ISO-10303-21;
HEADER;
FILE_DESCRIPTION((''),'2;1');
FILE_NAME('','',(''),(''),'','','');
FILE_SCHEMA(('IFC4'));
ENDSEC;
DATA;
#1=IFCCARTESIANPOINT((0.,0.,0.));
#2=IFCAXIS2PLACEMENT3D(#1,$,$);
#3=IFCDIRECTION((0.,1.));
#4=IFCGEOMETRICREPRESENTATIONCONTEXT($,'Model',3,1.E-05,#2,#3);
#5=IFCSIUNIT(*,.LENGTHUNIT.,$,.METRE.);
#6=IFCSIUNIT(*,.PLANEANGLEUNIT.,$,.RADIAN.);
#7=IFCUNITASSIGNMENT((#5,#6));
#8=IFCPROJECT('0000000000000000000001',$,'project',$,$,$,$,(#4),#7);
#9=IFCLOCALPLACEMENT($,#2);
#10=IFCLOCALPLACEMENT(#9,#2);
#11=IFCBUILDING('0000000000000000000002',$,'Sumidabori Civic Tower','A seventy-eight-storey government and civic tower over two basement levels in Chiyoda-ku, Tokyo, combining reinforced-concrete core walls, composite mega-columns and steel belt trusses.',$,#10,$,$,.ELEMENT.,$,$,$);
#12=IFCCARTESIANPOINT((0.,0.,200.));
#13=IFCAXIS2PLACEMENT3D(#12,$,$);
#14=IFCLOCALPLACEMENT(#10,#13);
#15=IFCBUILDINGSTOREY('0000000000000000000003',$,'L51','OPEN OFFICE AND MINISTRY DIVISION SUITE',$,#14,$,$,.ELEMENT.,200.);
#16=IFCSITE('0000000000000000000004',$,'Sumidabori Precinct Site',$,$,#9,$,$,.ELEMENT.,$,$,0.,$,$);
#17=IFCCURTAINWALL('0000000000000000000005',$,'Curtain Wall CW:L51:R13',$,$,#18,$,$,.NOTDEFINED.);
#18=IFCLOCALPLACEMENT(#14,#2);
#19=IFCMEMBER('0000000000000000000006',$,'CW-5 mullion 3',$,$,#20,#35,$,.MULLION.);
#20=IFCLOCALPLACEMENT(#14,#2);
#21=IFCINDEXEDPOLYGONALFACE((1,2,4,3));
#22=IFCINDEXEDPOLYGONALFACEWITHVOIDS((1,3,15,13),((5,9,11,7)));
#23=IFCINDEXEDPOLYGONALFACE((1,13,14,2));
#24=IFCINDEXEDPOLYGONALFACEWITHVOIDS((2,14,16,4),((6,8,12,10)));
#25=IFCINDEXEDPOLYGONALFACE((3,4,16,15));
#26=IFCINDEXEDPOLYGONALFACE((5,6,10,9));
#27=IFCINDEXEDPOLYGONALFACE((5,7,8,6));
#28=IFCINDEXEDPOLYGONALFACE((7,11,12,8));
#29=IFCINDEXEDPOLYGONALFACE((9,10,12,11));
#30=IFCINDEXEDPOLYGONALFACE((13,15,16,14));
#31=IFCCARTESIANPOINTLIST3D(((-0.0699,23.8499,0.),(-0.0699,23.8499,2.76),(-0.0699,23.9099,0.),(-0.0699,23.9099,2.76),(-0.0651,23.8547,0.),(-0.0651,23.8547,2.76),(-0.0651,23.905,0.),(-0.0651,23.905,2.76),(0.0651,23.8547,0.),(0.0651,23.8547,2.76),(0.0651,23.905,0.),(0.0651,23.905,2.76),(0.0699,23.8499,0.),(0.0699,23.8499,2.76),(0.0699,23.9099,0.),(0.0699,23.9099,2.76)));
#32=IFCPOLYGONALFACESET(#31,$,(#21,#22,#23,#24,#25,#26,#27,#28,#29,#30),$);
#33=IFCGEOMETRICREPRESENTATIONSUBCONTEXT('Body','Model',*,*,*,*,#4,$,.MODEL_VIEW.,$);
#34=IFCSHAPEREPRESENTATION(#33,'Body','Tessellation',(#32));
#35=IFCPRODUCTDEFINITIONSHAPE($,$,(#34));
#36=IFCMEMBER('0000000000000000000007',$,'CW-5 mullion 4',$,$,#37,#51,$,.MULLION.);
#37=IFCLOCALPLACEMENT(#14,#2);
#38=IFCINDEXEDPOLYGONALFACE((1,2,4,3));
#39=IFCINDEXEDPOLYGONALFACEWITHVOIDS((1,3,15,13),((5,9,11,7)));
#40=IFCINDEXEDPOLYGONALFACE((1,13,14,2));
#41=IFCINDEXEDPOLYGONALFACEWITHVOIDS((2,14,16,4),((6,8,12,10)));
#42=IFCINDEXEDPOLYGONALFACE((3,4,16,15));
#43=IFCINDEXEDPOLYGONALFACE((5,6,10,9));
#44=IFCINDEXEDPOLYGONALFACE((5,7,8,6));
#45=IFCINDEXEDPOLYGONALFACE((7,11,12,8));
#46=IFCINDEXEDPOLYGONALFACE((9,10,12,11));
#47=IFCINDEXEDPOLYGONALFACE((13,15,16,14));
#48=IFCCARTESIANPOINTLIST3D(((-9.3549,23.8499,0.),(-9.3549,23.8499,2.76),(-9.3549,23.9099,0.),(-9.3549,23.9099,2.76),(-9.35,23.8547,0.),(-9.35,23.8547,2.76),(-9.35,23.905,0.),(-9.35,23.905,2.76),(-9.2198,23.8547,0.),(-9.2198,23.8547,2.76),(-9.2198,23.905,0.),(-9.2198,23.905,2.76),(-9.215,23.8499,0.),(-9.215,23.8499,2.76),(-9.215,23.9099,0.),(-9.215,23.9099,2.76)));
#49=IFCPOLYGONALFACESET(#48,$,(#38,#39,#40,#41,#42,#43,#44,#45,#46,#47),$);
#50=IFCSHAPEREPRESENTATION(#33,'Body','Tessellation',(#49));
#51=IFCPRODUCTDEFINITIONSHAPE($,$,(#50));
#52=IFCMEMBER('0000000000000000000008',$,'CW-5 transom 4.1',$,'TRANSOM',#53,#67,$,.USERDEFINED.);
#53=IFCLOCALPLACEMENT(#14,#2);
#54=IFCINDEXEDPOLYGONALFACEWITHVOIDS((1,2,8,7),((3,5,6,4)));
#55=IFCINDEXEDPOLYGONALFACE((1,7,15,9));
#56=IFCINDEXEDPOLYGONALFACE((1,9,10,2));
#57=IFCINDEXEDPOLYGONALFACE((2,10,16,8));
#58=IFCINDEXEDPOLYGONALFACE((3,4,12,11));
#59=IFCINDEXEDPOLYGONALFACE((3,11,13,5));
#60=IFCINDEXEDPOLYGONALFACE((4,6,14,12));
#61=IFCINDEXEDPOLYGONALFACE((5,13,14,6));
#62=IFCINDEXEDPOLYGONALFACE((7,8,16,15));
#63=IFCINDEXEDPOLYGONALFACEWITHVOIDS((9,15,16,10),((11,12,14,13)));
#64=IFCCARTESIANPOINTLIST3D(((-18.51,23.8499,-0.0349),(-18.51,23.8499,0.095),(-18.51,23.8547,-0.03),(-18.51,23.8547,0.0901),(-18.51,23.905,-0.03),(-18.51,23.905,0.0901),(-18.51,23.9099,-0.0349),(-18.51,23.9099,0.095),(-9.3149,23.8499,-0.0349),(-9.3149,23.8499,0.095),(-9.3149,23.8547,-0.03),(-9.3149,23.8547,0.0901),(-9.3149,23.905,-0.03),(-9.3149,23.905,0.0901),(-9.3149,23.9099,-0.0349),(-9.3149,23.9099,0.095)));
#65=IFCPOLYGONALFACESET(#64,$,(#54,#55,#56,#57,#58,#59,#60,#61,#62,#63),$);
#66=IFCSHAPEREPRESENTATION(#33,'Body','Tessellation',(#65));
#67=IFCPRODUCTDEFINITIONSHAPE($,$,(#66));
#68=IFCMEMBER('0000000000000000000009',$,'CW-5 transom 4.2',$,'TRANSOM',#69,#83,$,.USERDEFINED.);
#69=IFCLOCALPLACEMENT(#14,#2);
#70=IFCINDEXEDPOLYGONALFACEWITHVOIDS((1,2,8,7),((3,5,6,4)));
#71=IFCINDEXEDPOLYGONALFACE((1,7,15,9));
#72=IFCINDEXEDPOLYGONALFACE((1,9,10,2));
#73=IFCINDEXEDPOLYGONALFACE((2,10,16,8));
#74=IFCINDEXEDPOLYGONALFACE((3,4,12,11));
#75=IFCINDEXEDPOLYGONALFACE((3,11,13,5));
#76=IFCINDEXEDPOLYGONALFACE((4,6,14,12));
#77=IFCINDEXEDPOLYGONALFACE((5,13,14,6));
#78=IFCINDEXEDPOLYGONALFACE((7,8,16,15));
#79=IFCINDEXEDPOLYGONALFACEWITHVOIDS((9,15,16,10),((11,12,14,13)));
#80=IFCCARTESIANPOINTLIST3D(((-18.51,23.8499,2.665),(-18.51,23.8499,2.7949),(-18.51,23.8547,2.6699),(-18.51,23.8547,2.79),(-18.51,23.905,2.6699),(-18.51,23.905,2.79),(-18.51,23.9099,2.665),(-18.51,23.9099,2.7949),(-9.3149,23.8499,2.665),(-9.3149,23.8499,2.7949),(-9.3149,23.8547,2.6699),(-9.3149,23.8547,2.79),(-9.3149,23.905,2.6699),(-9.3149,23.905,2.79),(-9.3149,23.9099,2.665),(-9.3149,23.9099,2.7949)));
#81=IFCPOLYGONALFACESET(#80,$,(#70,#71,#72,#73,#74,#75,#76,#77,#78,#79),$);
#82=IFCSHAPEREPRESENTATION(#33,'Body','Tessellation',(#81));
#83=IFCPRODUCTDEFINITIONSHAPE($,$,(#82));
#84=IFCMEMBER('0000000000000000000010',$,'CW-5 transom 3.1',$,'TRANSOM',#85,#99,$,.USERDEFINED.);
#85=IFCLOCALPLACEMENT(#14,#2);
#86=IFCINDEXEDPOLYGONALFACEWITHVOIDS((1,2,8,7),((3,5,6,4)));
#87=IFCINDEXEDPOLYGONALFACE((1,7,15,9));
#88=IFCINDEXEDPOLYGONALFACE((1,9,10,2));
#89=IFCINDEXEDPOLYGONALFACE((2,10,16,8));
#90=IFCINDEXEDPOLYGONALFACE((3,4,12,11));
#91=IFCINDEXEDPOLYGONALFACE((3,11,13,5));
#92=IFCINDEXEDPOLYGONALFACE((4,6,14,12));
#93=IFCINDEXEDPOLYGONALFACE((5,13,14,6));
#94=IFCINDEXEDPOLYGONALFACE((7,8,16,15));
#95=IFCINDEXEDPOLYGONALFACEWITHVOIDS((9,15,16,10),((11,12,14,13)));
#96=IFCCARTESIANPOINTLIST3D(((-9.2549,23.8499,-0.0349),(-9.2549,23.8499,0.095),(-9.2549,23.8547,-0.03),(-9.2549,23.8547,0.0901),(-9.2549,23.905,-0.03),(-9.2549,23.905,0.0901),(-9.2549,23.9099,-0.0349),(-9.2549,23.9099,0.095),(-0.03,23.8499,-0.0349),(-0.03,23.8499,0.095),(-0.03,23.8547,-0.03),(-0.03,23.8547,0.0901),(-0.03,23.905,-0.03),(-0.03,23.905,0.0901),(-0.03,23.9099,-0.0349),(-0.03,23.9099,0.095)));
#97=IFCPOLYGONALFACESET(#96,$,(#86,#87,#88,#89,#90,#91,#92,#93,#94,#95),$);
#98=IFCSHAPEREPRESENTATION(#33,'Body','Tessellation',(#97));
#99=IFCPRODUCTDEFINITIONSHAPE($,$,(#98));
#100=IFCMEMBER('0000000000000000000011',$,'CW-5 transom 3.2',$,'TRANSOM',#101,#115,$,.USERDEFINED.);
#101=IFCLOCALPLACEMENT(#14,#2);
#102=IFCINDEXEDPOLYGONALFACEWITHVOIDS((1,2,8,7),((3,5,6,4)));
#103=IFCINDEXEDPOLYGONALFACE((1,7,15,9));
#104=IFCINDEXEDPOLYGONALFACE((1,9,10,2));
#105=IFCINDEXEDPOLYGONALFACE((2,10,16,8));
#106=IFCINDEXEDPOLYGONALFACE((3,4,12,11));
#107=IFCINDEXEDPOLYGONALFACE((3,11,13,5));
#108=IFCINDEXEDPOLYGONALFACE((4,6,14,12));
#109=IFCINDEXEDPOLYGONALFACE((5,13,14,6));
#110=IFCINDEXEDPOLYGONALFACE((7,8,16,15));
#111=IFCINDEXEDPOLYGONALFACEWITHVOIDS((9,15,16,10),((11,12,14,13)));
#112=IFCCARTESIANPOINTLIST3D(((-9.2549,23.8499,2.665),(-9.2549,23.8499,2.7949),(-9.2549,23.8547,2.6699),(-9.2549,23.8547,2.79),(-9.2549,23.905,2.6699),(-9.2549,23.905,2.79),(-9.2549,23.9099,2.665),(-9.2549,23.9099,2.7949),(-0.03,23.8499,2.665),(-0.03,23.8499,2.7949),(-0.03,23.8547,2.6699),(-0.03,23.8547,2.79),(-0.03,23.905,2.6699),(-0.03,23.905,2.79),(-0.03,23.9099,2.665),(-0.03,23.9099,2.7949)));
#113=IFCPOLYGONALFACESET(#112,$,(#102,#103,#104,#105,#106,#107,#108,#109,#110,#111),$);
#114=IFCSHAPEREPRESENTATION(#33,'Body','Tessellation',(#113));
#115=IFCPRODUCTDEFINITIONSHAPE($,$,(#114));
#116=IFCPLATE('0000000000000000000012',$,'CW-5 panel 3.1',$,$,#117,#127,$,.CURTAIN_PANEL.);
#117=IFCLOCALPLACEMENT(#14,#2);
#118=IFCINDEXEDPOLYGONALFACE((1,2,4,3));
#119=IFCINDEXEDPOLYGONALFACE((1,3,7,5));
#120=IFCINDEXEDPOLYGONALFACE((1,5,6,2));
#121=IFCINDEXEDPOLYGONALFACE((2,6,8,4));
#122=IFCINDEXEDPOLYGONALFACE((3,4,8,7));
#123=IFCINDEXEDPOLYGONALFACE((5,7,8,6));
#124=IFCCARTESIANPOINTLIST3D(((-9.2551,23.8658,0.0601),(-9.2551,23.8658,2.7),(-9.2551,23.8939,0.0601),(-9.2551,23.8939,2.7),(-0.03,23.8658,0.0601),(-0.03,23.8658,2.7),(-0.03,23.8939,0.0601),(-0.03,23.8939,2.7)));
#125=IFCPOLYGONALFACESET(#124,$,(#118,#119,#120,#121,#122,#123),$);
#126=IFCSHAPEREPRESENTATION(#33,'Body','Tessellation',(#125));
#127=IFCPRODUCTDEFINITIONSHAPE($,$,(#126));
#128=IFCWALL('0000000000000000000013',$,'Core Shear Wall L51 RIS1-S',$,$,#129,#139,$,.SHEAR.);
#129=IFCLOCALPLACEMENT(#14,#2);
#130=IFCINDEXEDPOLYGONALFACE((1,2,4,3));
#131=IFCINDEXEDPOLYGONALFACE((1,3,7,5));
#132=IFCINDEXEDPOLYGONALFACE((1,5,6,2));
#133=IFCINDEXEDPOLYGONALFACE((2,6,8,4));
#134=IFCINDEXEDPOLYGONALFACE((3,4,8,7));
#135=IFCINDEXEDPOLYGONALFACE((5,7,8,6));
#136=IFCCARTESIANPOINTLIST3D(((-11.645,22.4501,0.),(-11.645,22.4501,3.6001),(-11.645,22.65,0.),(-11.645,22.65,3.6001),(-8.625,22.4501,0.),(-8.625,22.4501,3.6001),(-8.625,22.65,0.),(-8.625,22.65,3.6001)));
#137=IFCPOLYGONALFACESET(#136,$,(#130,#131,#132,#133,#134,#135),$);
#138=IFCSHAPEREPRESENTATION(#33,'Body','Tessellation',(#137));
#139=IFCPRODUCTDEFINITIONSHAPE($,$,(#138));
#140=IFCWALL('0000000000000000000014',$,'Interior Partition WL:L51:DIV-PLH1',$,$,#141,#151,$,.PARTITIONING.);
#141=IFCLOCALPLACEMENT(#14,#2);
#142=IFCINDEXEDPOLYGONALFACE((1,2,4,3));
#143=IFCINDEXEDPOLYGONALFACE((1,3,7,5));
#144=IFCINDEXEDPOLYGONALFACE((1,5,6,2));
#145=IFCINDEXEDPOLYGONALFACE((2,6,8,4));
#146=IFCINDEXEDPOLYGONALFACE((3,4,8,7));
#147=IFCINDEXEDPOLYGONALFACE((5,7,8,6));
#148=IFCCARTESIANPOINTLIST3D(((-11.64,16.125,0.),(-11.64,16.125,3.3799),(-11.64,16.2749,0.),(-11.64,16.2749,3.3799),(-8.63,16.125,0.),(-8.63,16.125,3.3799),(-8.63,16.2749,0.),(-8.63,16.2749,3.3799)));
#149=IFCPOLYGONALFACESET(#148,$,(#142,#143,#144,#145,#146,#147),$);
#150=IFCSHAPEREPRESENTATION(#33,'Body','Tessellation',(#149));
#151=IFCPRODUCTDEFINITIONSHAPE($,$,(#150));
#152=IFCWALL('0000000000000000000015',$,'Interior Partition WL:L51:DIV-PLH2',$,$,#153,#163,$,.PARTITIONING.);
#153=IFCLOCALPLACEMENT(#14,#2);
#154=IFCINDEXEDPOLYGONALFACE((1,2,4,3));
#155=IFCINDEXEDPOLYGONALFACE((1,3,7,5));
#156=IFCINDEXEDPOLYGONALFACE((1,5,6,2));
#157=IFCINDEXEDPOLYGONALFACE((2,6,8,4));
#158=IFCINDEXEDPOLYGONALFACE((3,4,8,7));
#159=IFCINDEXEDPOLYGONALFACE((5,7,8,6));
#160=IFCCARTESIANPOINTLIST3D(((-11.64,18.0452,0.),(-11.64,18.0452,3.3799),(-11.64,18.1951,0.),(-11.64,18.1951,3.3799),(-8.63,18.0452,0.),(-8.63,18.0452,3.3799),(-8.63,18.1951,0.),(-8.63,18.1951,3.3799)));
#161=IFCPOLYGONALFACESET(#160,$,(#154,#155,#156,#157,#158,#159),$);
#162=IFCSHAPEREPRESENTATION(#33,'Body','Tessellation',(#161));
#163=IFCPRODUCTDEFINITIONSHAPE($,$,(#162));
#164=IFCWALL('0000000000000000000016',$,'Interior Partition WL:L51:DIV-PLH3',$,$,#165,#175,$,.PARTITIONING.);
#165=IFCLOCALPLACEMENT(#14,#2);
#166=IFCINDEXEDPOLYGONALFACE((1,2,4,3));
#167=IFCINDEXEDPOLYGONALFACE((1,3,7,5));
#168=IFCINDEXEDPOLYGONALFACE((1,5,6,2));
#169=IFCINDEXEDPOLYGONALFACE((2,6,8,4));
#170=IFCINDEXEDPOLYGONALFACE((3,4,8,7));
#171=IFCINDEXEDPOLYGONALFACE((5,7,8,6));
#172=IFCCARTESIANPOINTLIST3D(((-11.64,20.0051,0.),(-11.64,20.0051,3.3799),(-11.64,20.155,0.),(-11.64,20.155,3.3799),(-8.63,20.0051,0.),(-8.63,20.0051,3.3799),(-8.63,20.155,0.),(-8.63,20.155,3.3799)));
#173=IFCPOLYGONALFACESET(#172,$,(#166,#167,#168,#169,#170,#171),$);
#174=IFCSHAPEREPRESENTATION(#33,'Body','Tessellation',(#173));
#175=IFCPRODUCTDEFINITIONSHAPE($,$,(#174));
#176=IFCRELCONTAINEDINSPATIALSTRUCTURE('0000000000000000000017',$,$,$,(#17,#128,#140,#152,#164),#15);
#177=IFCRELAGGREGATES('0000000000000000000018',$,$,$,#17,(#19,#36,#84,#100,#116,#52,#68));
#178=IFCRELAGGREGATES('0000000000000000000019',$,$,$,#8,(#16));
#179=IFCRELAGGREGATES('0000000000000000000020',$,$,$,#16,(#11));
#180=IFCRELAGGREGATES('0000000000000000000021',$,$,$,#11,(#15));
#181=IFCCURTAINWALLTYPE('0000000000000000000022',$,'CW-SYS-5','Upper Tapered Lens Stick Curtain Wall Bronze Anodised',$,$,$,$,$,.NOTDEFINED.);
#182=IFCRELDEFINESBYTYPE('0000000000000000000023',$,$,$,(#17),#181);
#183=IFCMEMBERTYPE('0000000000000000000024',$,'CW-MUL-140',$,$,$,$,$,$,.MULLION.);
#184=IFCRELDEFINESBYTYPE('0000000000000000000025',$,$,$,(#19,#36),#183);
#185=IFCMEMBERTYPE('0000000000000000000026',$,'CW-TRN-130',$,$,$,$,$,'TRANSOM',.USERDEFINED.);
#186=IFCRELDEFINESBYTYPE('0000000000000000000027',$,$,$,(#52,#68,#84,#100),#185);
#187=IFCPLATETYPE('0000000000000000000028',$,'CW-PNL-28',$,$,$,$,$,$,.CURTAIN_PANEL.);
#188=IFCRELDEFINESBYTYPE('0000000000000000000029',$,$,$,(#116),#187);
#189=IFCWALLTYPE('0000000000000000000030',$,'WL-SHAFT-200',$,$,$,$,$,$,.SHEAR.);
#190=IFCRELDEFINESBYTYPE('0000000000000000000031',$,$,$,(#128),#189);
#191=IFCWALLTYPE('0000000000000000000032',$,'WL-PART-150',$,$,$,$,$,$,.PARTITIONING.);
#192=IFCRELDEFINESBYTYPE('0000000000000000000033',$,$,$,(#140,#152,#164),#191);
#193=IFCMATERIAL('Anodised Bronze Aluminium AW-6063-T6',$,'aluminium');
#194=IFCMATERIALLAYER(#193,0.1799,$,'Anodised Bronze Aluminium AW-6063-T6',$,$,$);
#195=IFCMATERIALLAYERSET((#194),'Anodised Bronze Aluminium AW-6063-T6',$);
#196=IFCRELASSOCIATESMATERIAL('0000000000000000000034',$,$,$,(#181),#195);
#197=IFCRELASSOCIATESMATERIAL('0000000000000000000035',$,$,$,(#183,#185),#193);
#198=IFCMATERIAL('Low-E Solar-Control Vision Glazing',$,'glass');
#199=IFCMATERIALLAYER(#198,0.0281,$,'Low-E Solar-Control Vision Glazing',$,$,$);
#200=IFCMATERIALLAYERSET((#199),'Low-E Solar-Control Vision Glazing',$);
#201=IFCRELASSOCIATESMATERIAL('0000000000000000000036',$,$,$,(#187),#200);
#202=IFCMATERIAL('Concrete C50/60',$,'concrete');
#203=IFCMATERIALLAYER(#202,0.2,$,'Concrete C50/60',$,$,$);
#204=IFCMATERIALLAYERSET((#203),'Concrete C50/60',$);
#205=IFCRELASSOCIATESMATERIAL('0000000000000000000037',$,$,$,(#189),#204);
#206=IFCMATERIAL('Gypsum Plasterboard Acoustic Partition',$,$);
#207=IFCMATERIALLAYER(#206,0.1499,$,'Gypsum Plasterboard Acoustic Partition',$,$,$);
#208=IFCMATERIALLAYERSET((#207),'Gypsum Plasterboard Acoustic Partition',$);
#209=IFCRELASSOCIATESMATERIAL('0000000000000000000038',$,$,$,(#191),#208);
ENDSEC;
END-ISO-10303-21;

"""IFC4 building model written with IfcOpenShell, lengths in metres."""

from ifc_helpers import new_model, si_unit, direction, frame, frame_2d, origin, origin_2d, place, context, subcontext, project, spatial, rectangle, hollow_rectangle, extrude, source, transform, mapped, material, layer, layer_set, material_profile, profile_set, type_object, element, aggregate, save


model = new_model("IFC4")

# Units and contexts
model_context = context("Model", 3, precision=1e-05, world=origin(), true_north=direction((0.0, 1.0)))
body_context = subcontext(model_context, "Body", "Model", "MODEL_VIEW")
ifc_project = project(units=[si_unit("LENGTHUNIT", "METRE"), si_unit("PLANEANGLEUNIT", "RADIAN")], contexts=[model_context])

# Site, building, storey
site_placement = place(None, origin())
site = spatial("IfcSite", under=ifc_project, at=site_placement, Name="Sumidabori Precinct Site", CompositionType="ELEMENT", RefElevation=0.0)
building_placement = place(site_placement, origin())
building = spatial("IfcBuilding", under=site, at=building_placement, Name="Sumidabori Civic Tower", Description="A seventy-eight-storey government and civic tower over two basement levels in Chiyoda-ku, Tokyo, combining reinforced-concrete core walls, composite mega-columns and steel belt trusses.", CompositionType="ELEMENT")
storey_placement = place(building_placement, frame((0.0, 0.0, 200.0)))
storey = spatial("IfcBuildingStorey", under=building, at=storey_placement, Name="L51", Description="OPEN OFFICE AND MINISTRY DIVISION SUITE", CompositionType="ELEMENT", Elevation=200.0)

# Curtain wall, members, plate
ifc_material_1 = material(Name="Anodised Bronze Aluminium AW-6063-T6", Category="aluminium")
ifc_layer_1 = layer(ifc_material_1, 0.1799, Name="Anodised Bronze Aluminium AW-6063-T6")
ifc_layer_set_1 = layer_set([ifc_layer_1], Name="Anodised Bronze Aluminium AW-6063-T6")
curtain_wall_type = type_object("IfcCurtainWallType", Name="CW-SYS-5", Description="Upper Tapered Lens Stick Curtain Wall Bronze Anodised", PredefinedType="NOTDEFINED", material=ifc_layer_set_1)
curtain_wall_placement = place(storey_placement, origin())
curtain_wall = element("IfcCurtainWall", 1, at=curtain_wall_placement, inside=storey, type_object=curtain_wall_type, Name="Curtain Wall CW:L51:R13", PredefinedType="NOTDEFINED")
ifc_material_profile_1 = material_profile(ifc_material_1, hollow_rectangle(XDim=0.0601, YDim=0.1399, WallThickness=0.0049, at=origin_2d()), Name="ALU MULLION 140x60")
ifc_profile_set_1 = profile_set([ifc_material_profile_1], Name="Anodised Bronze Aluminium AW-6063-T6")
member_type_1 = type_object("IfcMemberType", Name="CW-MUL-140", PredefinedType="MULLION", material=ifc_profile_set_1)
shared_shape_1 = source(origin(), body_context, "Body", "SweptSolid", [
    extrude(hollow_rectangle(XDim=0.0601, YDim=0.1399, WallThickness=0.0049, at=origin_2d()), origin(), (0.0, 0.0, 1.0), 2.76),
])
member_1_placement = place(storey_placement, frame((0.0, 23.8799, 0.0), z_axis=(0.0, 0.0, 1.0), x_axis=(0.0, -1.0, 0.0)))
member_1 = element("IfcMember", 2, at=member_1_placement, type_object=member_type_1, Name="CW-5 mullion 3", PredefinedType="MULLION", context=body_context, shape_type="MappedRepresentation", body=[
    mapped(shared_shape_1, transform((0.0, 0.0, 0.0), x_axis=(1.0, 0.0, 0.0), y_axis=(0.0, 1.0, 0.0), z_axis=(0.0, 0.0, 1.0), scale=1.0)),
])
member_2_placement = place(storey_placement, frame((-9.2849, 23.8799, 0.0), z_axis=(0.0, 0.0, 1.0), x_axis=(0.0, -1.0, 0.0)))
member_2 = element("IfcMember", 3, at=member_2_placement, type_object=member_type_1, Name="CW-5 mullion 4", PredefinedType="MULLION", context=body_context, shape_type="MappedRepresentation", body=[
    mapped(shared_shape_1, transform((0.0, 0.0, 0.0), x_axis=(1.0, 0.0, 0.0), y_axis=(0.0, 1.0, 0.0), z_axis=(0.0, 0.0, 1.0), scale=1.0)),
])
ifc_material_profile_2 = material_profile(ifc_material_1, hollow_rectangle(XDim=0.0601, YDim=0.1299, WallThickness=0.0049, at=origin_2d()), Name="ALU TRANSOM 130x60")
ifc_profile_set_2 = profile_set([ifc_material_profile_2], Name="Anodised Bronze Aluminium AW-6063-T6")
member_type_2 = type_object("IfcMemberType", Name="CW-TRN-130", ElementType="TRANSOM", PredefinedType="USERDEFINED", material=ifc_profile_set_2)
shared_shape_2 = source(origin(), body_context, "Body", "SweptSolid", [
    extrude(hollow_rectangle(XDim=0.0601, YDim=0.1299, WallThickness=0.0049, at=origin_2d()), origin(), (0.0, 0.0, 1.0), 9.1951),
])
member_3_placement = place(storey_placement, frame((-9.3149, 23.8799, 0.03), z_axis=(-1.0, 0.0, 0.0), x_axis=(0.0, -1.0, 0.0)))
member_3 = element("IfcMember", 4, at=member_3_placement, type_object=member_type_2, Name="CW-5 transom 4.1", ObjectType="TRANSOM", PredefinedType="USERDEFINED", context=body_context, shape_type="MappedRepresentation", body=[
    mapped(shared_shape_2, transform((0.0, 0.0, 0.0), x_axis=(1.0, 0.0, 0.0), y_axis=(0.0, 1.0, 0.0), z_axis=(0.0, 0.0, 1.0), scale=1.0)),
])
member_4_placement = place(storey_placement, frame((-9.3149, 23.8799, 2.73), z_axis=(-1.0, 0.0, 0.0), x_axis=(0.0, -1.0, 0.0)))
member_4 = element("IfcMember", 5, at=member_4_placement, type_object=member_type_2, Name="CW-5 transom 4.2", ObjectType="TRANSOM", PredefinedType="USERDEFINED", context=body_context, shape_type="MappedRepresentation", body=[
    mapped(shared_shape_2, transform((0.0, 0.0, 0.0), x_axis=(1.0, 0.0, 0.0), y_axis=(0.0, 1.0, 0.0), z_axis=(0.0, 0.0, 1.0), scale=1.0)),
])
shared_shape_3 = source(origin(), body_context, "Body", "SweptSolid", [
    extrude(hollow_rectangle(XDim=0.0601, YDim=0.1299, WallThickness=0.0049, at=origin_2d()), origin(), (0.0, 0.0, 1.0), 9.2249),
])
member_5_placement = place(storey_placement, frame((-0.03, 23.8799, 0.03), z_axis=(-1.0, 0.0, 0.0), x_axis=(0.0, -1.0, 0.0)))
member_5 = element("IfcMember", 6, at=member_5_placement, type_object=member_type_2, Name="CW-5 transom 3.1", ObjectType="TRANSOM", PredefinedType="USERDEFINED", context=body_context, shape_type="MappedRepresentation", body=[
    mapped(shared_shape_3, transform((0.0, 0.0, 0.0), x_axis=(1.0, 0.0, 0.0), y_axis=(0.0, 1.0, 0.0), z_axis=(0.0, 0.0, 1.0), scale=1.0)),
])
member_6_placement = place(storey_placement, frame((-0.03, 23.8799, 2.73), z_axis=(-1.0, 0.0, 0.0), x_axis=(0.0, -1.0, 0.0)))
member_6 = element("IfcMember", 7, at=member_6_placement, type_object=member_type_2, Name="CW-5 transom 3.2", ObjectType="TRANSOM", PredefinedType="USERDEFINED", context=body_context, shape_type="MappedRepresentation", body=[
    mapped(shared_shape_3, transform((0.0, 0.0, 0.0), x_axis=(1.0, 0.0, 0.0), y_axis=(0.0, 1.0, 0.0), z_axis=(0.0, 0.0, 1.0), scale=1.0)),
])
ifc_material_2 = material(Name="Low-E Solar-Control Vision Glazing", Category="glass")
ifc_layer_2 = layer(ifc_material_2, 0.0281, Name="Low-E Solar-Control Vision Glazing")
ifc_layer_set_2 = layer_set([ifc_layer_2], Name="Low-E Solar-Control Vision Glazing")
plate_type = type_object("IfcPlateType", Name="CW-PNL-28", PredefinedType="CURTAIN_PANEL", material=ifc_layer_set_2)
shared_shape_4 = source(origin(), body_context, "Body", "SweptSolid", [
    extrude(rectangle(XDim=9.2251, YDim=0.0281, at=origin_2d()), origin(), (0.0, 0.0, 1.0), 2.6399),
])
plate_placement = place(storey_placement, frame((-4.6426, 23.8799, 0.0601), z_axis=(0.0, 0.0, 1.0), x_axis=(-1.0, 0.0, 0.0)))
plate = element("IfcPlate", 8, at=plate_placement, type_object=plate_type, Name="CW-5 panel 3.1", PredefinedType="CURTAIN_PANEL", context=body_context, shape_type="MappedRepresentation", body=[
    mapped(shared_shape_4, transform((0.0, 0.0, 0.0), x_axis=(1.0, 0.0, 0.0), y_axis=(0.0, 1.0, 0.0), z_axis=(0.0, 0.0, 1.0), scale=1.0)),
])
aggregate(curtain_wall, [member_1, member_2, member_5, member_6, plate, member_3, member_4])

# Walls
ifc_material_3 = material(Name="Concrete C50/60", Category="concrete")
ifc_layer_3 = layer(ifc_material_3, 0.2, Name="Concrete C50/60")
ifc_layer_set_3 = layer_set([ifc_layer_3], Name="Concrete C50/60")
wall_type_1 = type_object("IfcWallType", Name="WL-SHAFT-200", PredefinedType="SHEAR", material=ifc_layer_set_3)
shared_shape_5 = source(origin(), body_context, "Body", "SweptSolid", [
    extrude(rectangle(XDim=3.02, YDim=0.2, at=frame_2d((1.51, 0.0))), origin(), (0.0, 0.0, 1.0), 3.6001),
])
wall_1_placement = place(storey_placement, frame((-11.645, 22.55, 0.0), z_axis=(0.0, 0.0, 1.0), x_axis=(1.0, 0.0, 0.0)))
element("IfcWall", 9, at=wall_1_placement, inside=storey, type_object=wall_type_1, Name="Core Shear Wall L51 RIS1-S", PredefinedType="SHEAR", context=body_context, shape_type="MappedRepresentation", body=[
    mapped(shared_shape_5, transform((0.0, 0.0, 0.0), x_axis=(1.0, 0.0, 0.0), y_axis=(0.0, 1.0, 0.0), z_axis=(0.0, 0.0, 1.0), scale=1.0)),
])
ifc_material_4 = material(Name="Gypsum Plasterboard Acoustic Partition")
ifc_layer_4 = layer(ifc_material_4, 0.1499, Name="Gypsum Plasterboard Acoustic Partition")
ifc_layer_set_4 = layer_set([ifc_layer_4], Name="Gypsum Plasterboard Acoustic Partition")
wall_type_2 = type_object("IfcWallType", Name="WL-PART-150", PredefinedType="PARTITIONING", material=ifc_layer_set_4)
shared_shape_6 = source(origin(), body_context, "Body", "SweptSolid", [
    extrude(rectangle(XDim=3.01, YDim=0.1499, at=frame_2d((1.5049, 0.0))), origin(), (0.0, 0.0, 1.0), 3.3799),
])
for number, where, z_axis, x_axis, name in (
    (10, (-11.6399, 16.2, 0.0), (0.0, 0.0, 1.0), (1.0, 0.0, 0.0), "Interior Partition WL:L51:DIV-PLH1"),
    (11, (-11.6399, 18.1201, 0.0), (0.0, 0.0, 1.0), (1.0, 0.0, 0.0), "Interior Partition WL:L51:DIV-PLH2"),
    (12, (-11.6399, 20.0801, 0.0), (0.0, 0.0, 1.0), (1.0, 0.0, 0.0), "Interior Partition WL:L51:DIV-PLH3"),
):
    element("IfcWall", number, at=place(storey_placement, frame(where, z_axis=z_axis, x_axis=x_axis)), inside=storey, type_object=wall_type_2, Name=name, PredefinedType="PARTITIONING", context=body_context, shape_type="MappedRepresentation", body=[
        mapped(shared_shape_6, transform((0.0, 0.0, 0.0), x_axis=(1.0, 0.0, 0.0), y_axis=(0.0, 1.0, 0.0), z_axis=(0.0, 0.0, 1.0), scale=1.0)),
    ])

save(model, "model.ifc")
